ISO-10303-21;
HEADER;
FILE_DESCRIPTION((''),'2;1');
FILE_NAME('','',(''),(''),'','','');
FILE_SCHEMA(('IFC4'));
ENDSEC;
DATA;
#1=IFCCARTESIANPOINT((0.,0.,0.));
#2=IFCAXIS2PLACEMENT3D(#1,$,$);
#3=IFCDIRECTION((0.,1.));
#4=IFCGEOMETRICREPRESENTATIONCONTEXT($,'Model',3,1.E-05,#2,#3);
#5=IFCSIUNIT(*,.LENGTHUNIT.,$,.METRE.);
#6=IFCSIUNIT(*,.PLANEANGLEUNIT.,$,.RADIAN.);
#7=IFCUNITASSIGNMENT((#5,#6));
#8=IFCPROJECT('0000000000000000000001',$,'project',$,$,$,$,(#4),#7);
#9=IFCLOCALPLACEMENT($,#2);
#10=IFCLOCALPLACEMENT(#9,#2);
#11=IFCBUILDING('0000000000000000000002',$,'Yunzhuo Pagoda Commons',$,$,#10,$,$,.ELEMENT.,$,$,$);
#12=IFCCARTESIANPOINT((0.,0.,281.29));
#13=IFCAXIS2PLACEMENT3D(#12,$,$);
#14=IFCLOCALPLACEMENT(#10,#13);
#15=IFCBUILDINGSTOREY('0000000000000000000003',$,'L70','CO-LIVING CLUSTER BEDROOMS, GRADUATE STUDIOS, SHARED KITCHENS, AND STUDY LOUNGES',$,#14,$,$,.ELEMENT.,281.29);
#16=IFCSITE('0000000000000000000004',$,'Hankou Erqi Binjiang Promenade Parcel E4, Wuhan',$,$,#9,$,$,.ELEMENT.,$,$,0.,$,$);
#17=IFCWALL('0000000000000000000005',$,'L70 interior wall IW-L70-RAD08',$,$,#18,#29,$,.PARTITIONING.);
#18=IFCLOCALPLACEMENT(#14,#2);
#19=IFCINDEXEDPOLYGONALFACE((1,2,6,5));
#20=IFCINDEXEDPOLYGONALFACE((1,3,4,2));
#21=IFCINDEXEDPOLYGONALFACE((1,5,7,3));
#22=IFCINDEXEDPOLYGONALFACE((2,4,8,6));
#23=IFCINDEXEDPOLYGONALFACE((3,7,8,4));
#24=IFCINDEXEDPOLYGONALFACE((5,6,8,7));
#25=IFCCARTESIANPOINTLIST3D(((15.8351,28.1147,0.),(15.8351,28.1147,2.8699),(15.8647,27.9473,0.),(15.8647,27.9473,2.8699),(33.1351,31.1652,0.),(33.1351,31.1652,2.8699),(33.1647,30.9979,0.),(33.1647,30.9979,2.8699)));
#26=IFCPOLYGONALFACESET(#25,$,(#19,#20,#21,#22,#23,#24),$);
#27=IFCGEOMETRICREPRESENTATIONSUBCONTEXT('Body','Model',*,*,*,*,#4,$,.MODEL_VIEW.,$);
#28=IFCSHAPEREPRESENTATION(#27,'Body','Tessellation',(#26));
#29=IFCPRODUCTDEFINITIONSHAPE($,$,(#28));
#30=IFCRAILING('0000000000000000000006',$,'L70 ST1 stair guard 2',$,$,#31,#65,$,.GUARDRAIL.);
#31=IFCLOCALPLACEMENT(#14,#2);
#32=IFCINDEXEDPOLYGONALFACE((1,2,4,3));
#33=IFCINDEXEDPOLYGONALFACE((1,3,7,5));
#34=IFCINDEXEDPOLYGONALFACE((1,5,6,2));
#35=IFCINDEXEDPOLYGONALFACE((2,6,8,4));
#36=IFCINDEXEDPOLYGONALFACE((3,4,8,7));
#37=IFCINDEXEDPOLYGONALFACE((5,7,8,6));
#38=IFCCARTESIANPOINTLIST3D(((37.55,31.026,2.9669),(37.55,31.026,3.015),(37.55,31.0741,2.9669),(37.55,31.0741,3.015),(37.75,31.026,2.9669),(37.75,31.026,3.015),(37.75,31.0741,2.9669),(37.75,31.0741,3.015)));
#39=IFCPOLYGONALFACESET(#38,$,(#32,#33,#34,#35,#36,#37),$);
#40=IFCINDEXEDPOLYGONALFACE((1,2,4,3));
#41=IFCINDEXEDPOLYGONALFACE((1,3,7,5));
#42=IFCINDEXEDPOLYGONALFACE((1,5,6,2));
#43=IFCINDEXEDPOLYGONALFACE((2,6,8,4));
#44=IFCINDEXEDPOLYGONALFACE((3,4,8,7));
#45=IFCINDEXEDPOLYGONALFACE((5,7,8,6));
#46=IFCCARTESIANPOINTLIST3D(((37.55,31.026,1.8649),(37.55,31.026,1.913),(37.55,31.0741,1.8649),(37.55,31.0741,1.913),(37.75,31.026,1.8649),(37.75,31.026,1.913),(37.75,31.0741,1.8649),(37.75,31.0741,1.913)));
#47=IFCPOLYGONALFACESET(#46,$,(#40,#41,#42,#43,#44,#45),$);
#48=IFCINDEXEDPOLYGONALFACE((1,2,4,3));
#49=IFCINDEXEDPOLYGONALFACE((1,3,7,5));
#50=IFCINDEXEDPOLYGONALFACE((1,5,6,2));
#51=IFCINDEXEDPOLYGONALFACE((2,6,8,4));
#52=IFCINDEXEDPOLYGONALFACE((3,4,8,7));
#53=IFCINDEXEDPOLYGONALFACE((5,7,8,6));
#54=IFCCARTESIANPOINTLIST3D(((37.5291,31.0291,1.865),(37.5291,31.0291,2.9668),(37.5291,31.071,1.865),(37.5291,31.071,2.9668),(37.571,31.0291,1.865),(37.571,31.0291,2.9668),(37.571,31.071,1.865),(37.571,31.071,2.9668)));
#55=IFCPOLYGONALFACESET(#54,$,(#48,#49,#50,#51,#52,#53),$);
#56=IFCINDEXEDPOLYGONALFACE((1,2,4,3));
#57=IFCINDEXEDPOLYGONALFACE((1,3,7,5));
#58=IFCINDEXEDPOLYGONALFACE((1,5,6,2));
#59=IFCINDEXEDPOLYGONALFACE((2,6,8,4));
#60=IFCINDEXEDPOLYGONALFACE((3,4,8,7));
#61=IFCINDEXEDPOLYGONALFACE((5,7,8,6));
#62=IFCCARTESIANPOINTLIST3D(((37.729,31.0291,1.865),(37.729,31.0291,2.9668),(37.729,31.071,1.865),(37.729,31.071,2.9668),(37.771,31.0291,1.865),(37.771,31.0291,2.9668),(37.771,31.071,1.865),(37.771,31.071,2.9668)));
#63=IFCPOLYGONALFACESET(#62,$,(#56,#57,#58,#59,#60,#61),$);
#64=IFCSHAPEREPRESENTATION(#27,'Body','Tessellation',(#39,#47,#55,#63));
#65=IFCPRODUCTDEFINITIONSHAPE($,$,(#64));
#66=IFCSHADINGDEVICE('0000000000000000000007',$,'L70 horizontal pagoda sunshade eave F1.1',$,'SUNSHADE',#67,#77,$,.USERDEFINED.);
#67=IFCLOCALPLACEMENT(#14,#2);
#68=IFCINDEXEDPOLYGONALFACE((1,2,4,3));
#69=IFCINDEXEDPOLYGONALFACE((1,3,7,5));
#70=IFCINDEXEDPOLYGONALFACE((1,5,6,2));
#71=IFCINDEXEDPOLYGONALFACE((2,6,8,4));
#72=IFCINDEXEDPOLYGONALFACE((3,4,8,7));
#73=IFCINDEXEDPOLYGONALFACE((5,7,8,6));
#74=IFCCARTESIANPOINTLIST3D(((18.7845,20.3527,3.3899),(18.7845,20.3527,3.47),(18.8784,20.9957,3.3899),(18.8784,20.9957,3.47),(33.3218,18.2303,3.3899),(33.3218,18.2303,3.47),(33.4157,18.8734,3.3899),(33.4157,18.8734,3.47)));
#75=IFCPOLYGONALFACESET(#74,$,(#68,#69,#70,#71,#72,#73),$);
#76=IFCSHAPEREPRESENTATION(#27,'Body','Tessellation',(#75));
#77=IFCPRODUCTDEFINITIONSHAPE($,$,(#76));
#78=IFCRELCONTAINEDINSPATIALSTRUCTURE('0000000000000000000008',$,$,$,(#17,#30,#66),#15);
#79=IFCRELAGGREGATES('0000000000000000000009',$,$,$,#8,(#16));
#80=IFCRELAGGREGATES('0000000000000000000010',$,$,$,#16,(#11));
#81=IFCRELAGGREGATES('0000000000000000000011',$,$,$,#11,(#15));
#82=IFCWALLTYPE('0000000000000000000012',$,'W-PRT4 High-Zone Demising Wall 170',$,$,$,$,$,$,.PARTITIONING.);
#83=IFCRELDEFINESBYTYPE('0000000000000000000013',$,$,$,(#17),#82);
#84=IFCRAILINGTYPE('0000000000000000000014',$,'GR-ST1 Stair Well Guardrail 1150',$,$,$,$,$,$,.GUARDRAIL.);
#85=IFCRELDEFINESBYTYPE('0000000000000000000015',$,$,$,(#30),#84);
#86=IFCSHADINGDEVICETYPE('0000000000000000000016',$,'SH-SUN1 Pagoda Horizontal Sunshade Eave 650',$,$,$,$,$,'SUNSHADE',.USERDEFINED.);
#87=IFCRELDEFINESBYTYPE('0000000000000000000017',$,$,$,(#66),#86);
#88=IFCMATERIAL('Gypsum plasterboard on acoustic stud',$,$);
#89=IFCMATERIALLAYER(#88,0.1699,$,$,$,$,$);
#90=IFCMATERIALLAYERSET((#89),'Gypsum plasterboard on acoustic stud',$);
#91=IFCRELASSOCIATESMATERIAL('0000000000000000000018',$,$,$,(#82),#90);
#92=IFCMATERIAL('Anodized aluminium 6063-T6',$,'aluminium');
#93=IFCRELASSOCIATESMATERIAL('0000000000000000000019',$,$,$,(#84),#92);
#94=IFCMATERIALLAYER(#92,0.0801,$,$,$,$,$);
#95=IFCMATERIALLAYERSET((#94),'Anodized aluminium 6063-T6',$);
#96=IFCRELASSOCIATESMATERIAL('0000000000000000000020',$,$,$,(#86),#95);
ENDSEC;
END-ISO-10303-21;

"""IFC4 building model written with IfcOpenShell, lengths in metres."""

from ifc_helpers import new_model, si_unit, direction, frame, frame_2d, origin, origin_2d, place, context, subcontext, project, spatial, rectangle, extrude, source, transform, mapped, material, layer, layer_set, type_object, element, save


model = new_model("IFC4")

# Units and contexts
model_context = context("Model", 3, precision=1e-05, world=origin(), true_north=direction((0.0, 1.0)))
body_context = subcontext(model_context, "Body", "Model", "MODEL_VIEW")
ifc_project = project(units=[si_unit("LENGTHUNIT", "METRE"), si_unit("PLANEANGLEUNIT", "RADIAN")], contexts=[model_context])

# Site, building, storey
site_placement = place(None, origin())
site = spatial("IfcSite", under=ifc_project, at=site_placement, Name="Hankou Erqi Binjiang Promenade Parcel E4, Wuhan", CompositionType="ELEMENT", RefElevation=0.0)
building_placement = place(site_placement, origin())
building = spatial("IfcBuilding", under=site, at=building_placement, Name="Yunzhuo Pagoda Commons", CompositionType="ELEMENT")
storey_placement = place(building_placement, frame((0.0, 0.0, 281.29)))
storey = spatial("IfcBuildingStorey", under=building, at=storey_placement, Name="L70", Description="CO-LIVING CLUSTER BEDROOMS, GRADUATE STUDIOS, SHARED KITCHENS, AND STUDY LOUNGES", CompositionType="ELEMENT", Elevation=281.29)

# Shared definitions
ifc_material_1 = material(Name="Anodized aluminium 6063-T6", Category="aluminium")

# Wall
ifc_material_2 = material(Name="Gypsum plasterboard on acoustic stud")
ifc_layer_1 = layer(ifc_material_2, 0.1699)
ifc_layer_set_1 = layer_set([ifc_layer_1], Name="Gypsum plasterboard on acoustic stud")
wall_type_1 = type_object("IfcWallType", Name="W-PRT4 High-Zone Demising Wall 170", PredefinedType="PARTITIONING", material=ifc_layer_set_1)
wall_1_placement = place(storey_placement, frame((33.1499, 31.0815, 0.0), z_axis=(0.0, 0.0, 1.0), x_axis=(-0.984807, -0.173652, 0.0)))
element("IfcWall", 1, at=wall_1_placement, inside=storey, type_object=wall_type_1, Name="L70 interior wall IW-L70-RAD08", PredefinedType="PARTITIONING", context=body_context, shape_type="SweptSolid", body=[
    extrude(rectangle(XDim=17.5669, YDim=0.1699, at=frame_2d((8.7834, 0.0))), origin(), (0.0, 0.0, 1.0), 2.8699),
])

# Railing
railing_type = type_object("IfcRailingType", Name="GR-ST1 Stair Well Guardrail 1150", PredefinedType="GUARDRAIL", material=ifc_material_1)
railing_placement = place(storey_placement, frame((37.55, 31.05, 1.865)))
element("IfcRailing", 2, at=railing_placement, inside=storey, type_object=railing_type, Name="L70 ST1 stair guard 2", PredefinedType="GUARDRAIL", context=body_context, shape_type="SweptSolid", body=[
    extrude(rectangle(XDim=0.0481, YDim=0.0481, at=origin_2d()), frame((0.0, 0.0, 1.126), z_axis=(1.0, 0.0, 0.0), x_axis=(0.0, 1.0, 0.0)), (0.0, 0.0, 1.0), 0.2),
    extrude(rectangle(XDim=0.0481, YDim=0.0481, at=origin_2d()), frame((0.0, 0.0, 0.0239), z_axis=(1.0, 0.0, 0.0), x_axis=(0.0, 1.0, 0.0)), (0.0, 0.0, 1.0), 0.2),
    extrude(rectangle(XDim=0.042, YDim=0.042, at=origin_2d()), origin(), (0.0, 0.0, 1.0), 1.1018),
    extrude(rectangle(XDim=0.042, YDim=0.042, at=origin_2d()), frame((0.2, 0.0, 0.0)), (0.0, 0.0, 1.0), 1.1018),
])

# Shading device
ifc_layer_2 = layer(ifc_material_1, 0.0801)
ifc_layer_set_2 = layer_set([ifc_layer_2], Name="Anodized aluminium 6063-T6")
shading_device_type = type_object("IfcShadingDeviceType", Name="SH-SUN1 Pagoda Horizontal Sunshade Eave 650", ElementType="SUNSHADE", PredefinedType="USERDEFINED", material=ifc_layer_set_2)
shared_shape_1 = source(origin(), body_context, "Body", "SweptSolid", [
    extrude(rectangle(XDim=14.6914, YDim=0.6499, at=origin_2d()), origin(), (0.0, 0.0, 1.0), 0.0801),
])
shading_device_placement = place(storey_placement, frame((26.1001, 19.613, 3.3899), z_axis=(0.0, 0.0, 1.0), x_axis=(0.989511, -0.14446, 0.0)))
element("IfcShadingDevice", 3, at=shading_device_placement, inside=storey, type_object=shading_device_type, Name="L70 horizontal pagoda sunshade eave F1.1", ObjectType="SUNSHADE", PredefinedType="USERDEFINED", context=body_context, shape_type="MappedRepresentation", body=[
    mapped(shared_shape_1, transform((0.0, 0.0, 0.0), scale=1.0)),
])

save(model, "model.ifc")
